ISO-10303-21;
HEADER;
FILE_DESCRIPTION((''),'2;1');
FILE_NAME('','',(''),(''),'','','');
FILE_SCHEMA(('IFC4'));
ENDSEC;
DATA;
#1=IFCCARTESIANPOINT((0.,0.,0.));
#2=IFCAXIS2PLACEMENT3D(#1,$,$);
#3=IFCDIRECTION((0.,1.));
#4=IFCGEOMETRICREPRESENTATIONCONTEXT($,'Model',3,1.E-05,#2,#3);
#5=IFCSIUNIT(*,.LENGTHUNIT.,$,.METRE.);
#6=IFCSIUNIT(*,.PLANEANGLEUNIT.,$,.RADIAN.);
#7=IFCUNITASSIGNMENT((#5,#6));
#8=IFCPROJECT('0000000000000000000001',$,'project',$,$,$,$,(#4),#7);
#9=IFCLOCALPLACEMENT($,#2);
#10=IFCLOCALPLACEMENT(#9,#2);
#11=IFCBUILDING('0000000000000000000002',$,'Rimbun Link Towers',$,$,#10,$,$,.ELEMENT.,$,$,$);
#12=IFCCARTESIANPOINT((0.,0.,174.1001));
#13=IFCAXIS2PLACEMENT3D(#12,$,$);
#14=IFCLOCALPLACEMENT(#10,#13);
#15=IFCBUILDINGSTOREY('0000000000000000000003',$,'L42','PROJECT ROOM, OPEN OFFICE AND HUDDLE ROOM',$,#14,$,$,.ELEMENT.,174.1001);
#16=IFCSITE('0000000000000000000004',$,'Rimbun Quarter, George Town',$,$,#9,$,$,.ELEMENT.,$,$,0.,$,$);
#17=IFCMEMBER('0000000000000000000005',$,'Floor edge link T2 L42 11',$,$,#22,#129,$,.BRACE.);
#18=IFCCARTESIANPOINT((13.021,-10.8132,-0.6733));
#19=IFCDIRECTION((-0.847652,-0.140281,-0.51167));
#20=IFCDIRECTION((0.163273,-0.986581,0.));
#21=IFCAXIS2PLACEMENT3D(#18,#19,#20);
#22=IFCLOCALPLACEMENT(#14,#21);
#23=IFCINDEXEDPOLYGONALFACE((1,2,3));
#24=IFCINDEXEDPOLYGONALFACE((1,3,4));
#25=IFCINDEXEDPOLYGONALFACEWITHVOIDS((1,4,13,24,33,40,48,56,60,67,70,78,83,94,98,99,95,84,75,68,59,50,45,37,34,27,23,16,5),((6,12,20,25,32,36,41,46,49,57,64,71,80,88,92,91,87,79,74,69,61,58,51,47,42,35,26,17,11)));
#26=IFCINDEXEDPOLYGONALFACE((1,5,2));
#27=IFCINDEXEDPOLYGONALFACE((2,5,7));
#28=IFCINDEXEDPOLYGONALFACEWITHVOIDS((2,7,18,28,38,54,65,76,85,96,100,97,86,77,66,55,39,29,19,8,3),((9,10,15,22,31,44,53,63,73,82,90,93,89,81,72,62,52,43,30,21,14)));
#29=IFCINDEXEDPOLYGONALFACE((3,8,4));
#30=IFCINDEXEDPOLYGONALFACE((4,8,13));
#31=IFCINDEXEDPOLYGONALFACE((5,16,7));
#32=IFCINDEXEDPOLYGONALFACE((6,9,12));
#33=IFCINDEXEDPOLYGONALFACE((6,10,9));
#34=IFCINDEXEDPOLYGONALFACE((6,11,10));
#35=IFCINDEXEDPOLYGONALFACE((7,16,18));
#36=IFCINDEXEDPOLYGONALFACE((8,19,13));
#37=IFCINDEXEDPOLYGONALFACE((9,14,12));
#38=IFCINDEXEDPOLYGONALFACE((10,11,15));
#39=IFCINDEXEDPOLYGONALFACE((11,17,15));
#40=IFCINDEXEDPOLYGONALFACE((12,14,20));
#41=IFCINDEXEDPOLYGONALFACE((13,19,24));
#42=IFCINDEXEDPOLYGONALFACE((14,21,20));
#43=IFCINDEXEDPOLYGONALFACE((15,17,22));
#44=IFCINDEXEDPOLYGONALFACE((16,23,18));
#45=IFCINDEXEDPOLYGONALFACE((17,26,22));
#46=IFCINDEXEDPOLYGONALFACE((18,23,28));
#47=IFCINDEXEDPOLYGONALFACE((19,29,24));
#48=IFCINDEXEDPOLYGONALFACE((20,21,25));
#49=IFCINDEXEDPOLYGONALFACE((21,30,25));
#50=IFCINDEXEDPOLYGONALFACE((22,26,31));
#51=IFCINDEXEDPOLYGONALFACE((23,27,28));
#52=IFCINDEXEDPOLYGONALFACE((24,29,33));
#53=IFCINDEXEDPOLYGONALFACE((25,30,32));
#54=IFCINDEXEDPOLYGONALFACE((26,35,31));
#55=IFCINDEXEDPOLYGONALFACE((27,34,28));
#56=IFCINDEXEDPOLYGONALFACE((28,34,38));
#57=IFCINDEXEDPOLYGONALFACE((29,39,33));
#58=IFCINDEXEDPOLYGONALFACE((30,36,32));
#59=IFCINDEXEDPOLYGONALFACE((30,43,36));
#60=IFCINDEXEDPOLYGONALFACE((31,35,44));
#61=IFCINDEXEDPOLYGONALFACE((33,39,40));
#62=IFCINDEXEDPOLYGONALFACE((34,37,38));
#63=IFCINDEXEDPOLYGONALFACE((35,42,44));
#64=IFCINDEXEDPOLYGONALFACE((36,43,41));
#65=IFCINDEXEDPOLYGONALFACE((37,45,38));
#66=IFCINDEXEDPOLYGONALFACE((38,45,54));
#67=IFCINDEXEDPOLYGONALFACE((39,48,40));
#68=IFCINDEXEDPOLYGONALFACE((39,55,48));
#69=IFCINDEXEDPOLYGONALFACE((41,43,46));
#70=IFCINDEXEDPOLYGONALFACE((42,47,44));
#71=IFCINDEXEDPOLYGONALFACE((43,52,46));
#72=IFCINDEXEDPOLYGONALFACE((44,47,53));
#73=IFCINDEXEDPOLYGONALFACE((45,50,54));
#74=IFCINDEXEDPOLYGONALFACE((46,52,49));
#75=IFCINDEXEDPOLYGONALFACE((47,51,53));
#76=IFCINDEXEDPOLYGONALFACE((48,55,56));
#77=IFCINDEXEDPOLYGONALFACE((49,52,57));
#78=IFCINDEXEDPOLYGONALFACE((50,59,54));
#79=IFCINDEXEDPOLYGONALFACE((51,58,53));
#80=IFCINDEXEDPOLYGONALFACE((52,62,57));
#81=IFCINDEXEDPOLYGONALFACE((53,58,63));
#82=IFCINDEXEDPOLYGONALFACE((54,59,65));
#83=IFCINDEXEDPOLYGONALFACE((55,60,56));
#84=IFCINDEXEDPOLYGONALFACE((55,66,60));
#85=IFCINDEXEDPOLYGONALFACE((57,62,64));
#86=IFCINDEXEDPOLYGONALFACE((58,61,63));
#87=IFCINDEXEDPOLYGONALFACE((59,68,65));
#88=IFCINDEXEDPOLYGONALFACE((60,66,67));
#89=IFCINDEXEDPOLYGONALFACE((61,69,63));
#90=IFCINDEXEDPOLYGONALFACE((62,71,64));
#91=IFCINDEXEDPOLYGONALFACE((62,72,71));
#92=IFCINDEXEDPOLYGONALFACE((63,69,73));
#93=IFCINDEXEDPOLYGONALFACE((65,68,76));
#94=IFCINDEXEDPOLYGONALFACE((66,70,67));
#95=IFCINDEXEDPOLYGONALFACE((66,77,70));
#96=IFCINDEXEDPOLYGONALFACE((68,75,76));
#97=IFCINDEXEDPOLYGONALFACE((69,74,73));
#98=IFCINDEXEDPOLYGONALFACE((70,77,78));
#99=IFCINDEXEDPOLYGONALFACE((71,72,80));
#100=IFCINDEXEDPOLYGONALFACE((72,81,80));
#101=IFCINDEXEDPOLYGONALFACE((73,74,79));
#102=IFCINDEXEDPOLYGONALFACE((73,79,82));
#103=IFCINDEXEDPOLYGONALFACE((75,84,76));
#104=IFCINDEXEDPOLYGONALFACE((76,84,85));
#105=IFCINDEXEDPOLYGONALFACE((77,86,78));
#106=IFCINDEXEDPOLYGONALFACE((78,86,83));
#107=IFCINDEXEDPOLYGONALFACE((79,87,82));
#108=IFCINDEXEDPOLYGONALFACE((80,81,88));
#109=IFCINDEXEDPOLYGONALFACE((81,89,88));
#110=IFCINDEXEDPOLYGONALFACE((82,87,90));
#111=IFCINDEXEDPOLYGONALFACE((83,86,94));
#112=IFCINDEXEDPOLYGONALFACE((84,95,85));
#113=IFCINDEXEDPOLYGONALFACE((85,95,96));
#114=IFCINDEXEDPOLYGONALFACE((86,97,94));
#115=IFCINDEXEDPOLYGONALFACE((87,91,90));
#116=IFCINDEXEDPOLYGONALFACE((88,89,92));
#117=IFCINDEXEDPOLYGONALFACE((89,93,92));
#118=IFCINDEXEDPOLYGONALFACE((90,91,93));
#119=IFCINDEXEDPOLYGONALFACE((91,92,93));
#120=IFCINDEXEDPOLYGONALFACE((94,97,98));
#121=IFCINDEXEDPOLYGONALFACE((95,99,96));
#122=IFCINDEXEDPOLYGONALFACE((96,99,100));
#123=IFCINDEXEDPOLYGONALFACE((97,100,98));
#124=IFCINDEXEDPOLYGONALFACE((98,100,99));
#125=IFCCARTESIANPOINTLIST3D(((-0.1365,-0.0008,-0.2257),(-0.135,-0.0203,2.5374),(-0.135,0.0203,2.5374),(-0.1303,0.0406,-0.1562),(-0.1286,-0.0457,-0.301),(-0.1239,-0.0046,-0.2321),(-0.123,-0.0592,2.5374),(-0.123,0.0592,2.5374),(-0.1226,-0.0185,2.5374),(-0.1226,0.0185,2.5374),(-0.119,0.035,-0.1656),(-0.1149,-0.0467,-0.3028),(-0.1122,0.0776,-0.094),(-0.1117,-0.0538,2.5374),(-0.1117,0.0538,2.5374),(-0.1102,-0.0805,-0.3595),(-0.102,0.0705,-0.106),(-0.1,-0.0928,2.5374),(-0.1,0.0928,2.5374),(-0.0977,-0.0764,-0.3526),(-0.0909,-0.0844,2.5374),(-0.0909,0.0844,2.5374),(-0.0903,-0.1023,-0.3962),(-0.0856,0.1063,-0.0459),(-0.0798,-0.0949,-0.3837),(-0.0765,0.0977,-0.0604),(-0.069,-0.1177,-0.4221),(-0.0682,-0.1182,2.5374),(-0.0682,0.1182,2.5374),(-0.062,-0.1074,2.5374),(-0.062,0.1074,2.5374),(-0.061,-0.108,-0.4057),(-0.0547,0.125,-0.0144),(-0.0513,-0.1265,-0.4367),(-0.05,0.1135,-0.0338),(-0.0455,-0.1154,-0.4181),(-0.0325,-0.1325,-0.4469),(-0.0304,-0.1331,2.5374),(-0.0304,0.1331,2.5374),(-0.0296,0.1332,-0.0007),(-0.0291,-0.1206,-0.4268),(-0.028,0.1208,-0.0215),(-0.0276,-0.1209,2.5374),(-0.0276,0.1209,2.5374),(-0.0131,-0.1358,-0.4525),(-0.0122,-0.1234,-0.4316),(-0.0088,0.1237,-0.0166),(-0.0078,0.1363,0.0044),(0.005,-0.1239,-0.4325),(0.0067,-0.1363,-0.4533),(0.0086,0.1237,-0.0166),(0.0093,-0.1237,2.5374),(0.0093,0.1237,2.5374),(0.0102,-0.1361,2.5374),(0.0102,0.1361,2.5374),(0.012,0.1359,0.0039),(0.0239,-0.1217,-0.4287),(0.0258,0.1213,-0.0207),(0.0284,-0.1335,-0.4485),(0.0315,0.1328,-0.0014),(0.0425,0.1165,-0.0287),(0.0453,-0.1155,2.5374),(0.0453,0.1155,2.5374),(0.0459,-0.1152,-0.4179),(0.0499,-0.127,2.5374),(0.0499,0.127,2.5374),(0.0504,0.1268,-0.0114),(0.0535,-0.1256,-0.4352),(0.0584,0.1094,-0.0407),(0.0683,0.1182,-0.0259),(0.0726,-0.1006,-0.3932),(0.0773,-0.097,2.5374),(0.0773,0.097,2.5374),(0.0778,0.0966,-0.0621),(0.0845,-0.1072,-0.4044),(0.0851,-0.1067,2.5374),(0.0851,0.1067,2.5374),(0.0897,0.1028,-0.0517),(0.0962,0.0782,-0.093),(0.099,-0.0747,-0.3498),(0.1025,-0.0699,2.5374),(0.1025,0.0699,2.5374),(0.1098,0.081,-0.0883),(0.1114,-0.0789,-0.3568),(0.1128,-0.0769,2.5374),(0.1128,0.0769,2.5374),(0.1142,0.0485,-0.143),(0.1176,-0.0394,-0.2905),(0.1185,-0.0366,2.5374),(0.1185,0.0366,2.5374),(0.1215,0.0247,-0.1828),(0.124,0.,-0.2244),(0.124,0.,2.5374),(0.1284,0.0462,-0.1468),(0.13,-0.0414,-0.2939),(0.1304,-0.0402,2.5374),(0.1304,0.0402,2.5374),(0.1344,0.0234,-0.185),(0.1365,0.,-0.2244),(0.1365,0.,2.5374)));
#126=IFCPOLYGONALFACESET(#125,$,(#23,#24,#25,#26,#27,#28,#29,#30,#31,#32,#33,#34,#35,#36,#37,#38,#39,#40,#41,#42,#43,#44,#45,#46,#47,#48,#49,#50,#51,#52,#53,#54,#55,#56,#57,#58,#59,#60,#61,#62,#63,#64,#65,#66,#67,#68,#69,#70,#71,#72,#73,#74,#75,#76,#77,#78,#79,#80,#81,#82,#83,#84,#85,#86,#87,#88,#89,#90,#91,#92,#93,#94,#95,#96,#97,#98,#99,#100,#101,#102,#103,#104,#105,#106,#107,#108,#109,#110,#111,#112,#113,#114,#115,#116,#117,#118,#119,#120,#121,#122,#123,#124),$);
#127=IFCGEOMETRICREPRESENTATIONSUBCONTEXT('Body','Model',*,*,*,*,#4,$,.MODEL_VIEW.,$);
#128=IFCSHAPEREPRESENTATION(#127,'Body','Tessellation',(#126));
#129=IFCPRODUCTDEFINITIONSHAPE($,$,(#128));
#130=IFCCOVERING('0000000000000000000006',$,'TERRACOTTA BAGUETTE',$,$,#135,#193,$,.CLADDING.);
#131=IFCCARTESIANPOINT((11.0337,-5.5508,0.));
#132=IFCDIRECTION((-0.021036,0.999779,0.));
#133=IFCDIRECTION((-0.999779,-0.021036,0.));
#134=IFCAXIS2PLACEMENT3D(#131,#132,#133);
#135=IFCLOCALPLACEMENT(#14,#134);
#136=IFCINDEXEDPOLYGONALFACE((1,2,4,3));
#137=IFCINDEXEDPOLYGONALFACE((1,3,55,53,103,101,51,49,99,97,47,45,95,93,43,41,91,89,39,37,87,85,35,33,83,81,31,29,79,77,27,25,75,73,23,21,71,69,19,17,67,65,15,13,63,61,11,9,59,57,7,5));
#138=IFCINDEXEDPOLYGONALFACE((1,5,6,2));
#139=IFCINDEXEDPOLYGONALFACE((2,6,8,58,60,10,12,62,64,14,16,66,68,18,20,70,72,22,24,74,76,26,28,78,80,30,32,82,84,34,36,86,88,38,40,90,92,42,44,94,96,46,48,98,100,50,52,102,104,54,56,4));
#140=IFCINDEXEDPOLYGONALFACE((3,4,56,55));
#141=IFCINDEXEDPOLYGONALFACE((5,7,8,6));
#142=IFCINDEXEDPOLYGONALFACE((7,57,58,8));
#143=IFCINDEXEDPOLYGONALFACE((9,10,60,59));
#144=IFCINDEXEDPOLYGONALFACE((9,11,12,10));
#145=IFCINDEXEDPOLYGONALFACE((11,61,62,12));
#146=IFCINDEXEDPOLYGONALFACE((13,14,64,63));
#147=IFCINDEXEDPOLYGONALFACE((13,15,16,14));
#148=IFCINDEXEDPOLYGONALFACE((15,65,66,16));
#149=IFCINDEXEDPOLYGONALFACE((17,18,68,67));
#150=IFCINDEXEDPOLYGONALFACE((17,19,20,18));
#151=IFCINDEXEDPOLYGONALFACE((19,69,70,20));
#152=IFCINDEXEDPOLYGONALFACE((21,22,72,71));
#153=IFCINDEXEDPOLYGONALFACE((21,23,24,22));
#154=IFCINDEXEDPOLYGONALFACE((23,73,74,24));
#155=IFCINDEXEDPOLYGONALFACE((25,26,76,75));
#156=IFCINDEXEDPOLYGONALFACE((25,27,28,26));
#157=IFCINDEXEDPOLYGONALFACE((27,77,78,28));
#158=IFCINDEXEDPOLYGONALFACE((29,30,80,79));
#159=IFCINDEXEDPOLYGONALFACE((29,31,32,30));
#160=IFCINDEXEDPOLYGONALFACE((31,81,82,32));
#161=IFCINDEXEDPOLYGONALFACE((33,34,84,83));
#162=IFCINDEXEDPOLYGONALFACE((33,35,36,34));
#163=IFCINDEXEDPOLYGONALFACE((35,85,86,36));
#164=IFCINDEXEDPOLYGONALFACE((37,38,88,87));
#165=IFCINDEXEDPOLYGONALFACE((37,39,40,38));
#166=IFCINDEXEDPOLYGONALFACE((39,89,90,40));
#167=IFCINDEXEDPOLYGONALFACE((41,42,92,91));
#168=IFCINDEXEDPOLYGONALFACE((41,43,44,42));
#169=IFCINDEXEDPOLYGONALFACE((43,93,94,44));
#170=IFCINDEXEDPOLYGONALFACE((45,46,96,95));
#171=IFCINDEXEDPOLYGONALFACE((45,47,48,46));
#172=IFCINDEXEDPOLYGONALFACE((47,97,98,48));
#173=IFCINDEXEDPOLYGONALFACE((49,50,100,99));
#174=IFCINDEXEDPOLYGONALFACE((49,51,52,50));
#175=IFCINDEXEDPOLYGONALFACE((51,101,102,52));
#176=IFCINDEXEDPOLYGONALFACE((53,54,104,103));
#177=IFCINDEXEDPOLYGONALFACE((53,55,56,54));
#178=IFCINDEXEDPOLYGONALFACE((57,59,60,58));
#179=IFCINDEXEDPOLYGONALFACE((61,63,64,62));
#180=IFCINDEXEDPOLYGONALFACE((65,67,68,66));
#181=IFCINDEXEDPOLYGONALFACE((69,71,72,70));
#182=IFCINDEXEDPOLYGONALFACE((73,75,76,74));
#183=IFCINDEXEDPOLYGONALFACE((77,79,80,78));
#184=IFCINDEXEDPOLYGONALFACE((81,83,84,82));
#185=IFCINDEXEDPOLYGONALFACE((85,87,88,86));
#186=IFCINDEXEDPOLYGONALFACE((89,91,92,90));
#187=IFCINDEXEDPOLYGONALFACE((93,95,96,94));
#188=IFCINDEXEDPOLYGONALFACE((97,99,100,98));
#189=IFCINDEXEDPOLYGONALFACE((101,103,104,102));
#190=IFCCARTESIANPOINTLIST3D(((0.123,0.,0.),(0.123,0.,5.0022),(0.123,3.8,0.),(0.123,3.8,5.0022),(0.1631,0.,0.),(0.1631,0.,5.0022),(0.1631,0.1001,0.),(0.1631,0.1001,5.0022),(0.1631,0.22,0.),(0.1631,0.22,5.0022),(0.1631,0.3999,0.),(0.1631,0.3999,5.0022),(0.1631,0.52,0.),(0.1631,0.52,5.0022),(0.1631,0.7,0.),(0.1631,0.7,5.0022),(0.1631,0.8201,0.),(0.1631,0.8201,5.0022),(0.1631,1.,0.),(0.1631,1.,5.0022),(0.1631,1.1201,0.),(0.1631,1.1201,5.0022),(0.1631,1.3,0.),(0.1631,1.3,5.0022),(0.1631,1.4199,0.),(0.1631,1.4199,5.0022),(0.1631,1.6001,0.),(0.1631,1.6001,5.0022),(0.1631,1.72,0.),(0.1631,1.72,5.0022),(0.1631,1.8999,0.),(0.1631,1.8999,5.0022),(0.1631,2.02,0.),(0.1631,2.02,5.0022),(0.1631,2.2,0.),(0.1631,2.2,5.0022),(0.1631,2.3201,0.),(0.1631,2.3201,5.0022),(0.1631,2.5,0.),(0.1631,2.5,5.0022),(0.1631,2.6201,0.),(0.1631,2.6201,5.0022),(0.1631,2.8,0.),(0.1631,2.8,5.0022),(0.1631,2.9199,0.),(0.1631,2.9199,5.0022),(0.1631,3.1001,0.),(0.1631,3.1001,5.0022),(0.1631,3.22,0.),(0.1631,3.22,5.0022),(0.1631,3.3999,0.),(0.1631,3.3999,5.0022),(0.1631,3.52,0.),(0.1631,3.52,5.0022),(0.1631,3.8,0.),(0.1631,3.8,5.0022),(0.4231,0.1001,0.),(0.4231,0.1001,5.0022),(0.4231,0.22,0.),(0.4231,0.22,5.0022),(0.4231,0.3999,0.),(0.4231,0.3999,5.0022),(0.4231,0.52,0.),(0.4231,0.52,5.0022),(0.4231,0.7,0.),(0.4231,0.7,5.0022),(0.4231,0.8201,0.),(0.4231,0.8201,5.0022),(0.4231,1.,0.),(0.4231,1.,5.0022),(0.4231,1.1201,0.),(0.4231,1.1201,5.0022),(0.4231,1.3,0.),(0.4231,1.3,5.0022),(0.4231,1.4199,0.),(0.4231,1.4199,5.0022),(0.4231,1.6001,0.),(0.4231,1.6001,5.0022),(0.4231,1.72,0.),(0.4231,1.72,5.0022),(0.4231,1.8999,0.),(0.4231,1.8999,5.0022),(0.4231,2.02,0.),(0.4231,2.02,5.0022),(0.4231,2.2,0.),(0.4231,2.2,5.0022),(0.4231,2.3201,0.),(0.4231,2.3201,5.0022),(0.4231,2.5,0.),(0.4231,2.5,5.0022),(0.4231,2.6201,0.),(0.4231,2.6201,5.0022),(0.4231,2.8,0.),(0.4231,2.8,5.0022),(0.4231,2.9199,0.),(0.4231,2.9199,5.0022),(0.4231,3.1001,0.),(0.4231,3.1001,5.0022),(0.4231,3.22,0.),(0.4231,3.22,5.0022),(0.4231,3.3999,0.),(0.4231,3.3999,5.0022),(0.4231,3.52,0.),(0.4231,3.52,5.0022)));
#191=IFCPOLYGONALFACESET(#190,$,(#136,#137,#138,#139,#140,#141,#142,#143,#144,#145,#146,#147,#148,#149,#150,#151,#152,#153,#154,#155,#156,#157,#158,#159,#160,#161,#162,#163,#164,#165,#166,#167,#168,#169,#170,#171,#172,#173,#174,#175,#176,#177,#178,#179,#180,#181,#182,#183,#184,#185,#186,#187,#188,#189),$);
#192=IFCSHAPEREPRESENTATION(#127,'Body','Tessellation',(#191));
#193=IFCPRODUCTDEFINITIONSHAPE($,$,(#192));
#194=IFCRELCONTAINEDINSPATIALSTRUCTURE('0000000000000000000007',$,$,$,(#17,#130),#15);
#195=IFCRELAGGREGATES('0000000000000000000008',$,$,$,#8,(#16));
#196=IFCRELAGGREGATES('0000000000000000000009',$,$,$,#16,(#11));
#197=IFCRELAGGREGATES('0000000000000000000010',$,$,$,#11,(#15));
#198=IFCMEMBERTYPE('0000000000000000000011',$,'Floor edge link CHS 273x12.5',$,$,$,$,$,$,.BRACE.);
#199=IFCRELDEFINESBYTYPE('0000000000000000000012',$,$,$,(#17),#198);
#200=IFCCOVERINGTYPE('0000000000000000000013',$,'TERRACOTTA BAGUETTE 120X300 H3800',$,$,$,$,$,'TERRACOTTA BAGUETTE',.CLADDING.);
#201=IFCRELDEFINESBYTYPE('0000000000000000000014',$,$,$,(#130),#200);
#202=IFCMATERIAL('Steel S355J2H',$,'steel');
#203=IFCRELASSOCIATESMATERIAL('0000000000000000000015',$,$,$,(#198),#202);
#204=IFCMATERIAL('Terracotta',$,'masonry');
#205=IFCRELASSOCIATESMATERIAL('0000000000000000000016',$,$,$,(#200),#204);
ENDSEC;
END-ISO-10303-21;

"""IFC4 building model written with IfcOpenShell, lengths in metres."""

from ifc_helpers import new_model, si_unit, direction, frame, origin, origin_2d, place, context, subcontext, project, spatial, polyline, hollow_circle, outline, extrude, clip, halfspace, material, material_profile, profile_set, type_object, element, save


model = new_model("IFC4")

# Units and contexts
model_context = context("Model", 3, precision=1e-05, world=origin(), true_north=direction((0.0, 1.0)))
body_context = subcontext(model_context, "Body", "Model", "MODEL_VIEW")
ifc_project = project(units=[si_unit("LENGTHUNIT", "METRE"), si_unit("PLANEANGLEUNIT", "RADIAN")], contexts=[model_context])

# Site, building, storey
site_placement = place(None, origin())
site = spatial("IfcSite", under=ifc_project, at=site_placement, Name="Rimbun Quarter, George Town", CompositionType="ELEMENT", RefElevation=0.0)
building_placement = place(site_placement, origin())
building = spatial("IfcBuilding", under=site, at=building_placement, Name="Rimbun Link Towers", CompositionType="ELEMENT")
storey_placement = place(building_placement, frame((0.0, 0.0, 174.1001)))
storey = spatial("IfcBuildingStorey", under=building, at=storey_placement, Name="L42", Description="PROJECT ROOM, OPEN OFFICE AND HUDDLE ROOM", CompositionType="ELEMENT", Elevation=174.1001)

# Member
ifc_material_1 = material(Name="Steel S355J2H", Category="steel")
ifc_material_profile_1 = material_profile(ifc_material_1, hollow_circle(Radius=0.1365, WallThickness=0.0125, at=origin_2d()), Name="CHS 273x12.5")
ifc_profile_set_1 = profile_set([ifc_material_profile_1], Name="Steel S355J2H")
member_type_1 = type_object("IfcMemberType", Name="Floor edge link CHS 273x12.5", PredefinedType="BRACE", material=ifc_profile_set_1)
member_1_placement = place(storey_placement, frame((13.021, -10.8132, -0.6733), z_axis=(-0.847652, -0.140281, -0.51167), x_axis=(0.163273, -0.986581, 0.0)))
element("IfcMember", 1, at=member_1_placement, inside=storey, type_object=member_type_1, Name="Floor edge link T2 L42 11", PredefinedType="BRACE", context=body_context, shape_type="Clipping", body=[
    clip(extrude(hollow_circle(Radius=0.1365, WallThickness=0.0125, at=origin_2d()), frame((0.0, 0.0, -0.478)), (0.0, 0.0, 1.0), 3.0154), halfspace(frame((0.0, 0.0, -0.2244), z_axis=(0.0, 0.859182, -0.51167)), False)),
])

# Covering
ifc_material_2 = material(Name="Terracotta", Category="masonry")
ifc_material_profile_2 = material_profile(ifc_material_2, outline(polyline([(0.123, 0.0), (0.1631, 0.0), (0.1631, 0.1001), (0.4231, 0.1001), (0.4231, 0.22), (0.1631, 0.22), (0.1631, 0.3999), (0.4231, 0.3999), (0.4231, 0.52), (0.1631, 0.52), (0.1631, 0.7), (0.4231, 0.7), (0.4231, 0.8201), (0.1631, 0.8201), (0.1631, 1.0), (0.4231, 1.0), (0.4231, 1.1201), (0.1631, 1.1201), (0.1631, 1.3), (0.4231, 1.3), (0.4231, 1.4199), (0.1631, 1.4199), (0.1631, 1.6001), (0.4231, 1.6001), (0.4231, 1.72), (0.1631, 1.72), (0.1631, 1.8999), (0.4231, 1.8999), (0.4231, 2.02), (0.1631, 2.02), (0.1631, 2.2), (0.4231, 2.2), (0.4231, 2.3201), (0.1631, 2.3201), (0.1631, 2.5), (0.4231, 2.5), (0.4231, 2.6201), (0.1631, 2.6201), (0.1631, 2.8), (0.4231, 2.8), (0.4231, 2.9199), (0.1631, 2.9199), (0.1631, 3.1001), (0.4231, 3.1001), (0.4231, 3.22), (0.1631, 3.22), (0.1631, 3.3999), (0.4231, 3.3999), (0.4231, 3.52), (0.1631, 3.52), (0.1631, 3.8), (0.123, 3.8), (0.123, 0.0)])), Name="BAGUETTE 120X300")
ifc_profile_set_2 = profile_set([ifc_material_profile_2], Name="Terracotta")
covering_type_1 = type_object("IfcCoveringType", Name="TERRACOTTA BAGUETTE 120X300 H3800", ElementType="TERRACOTTA BAGUETTE", PredefinedType="CLADDING", material=ifc_profile_set_2)
covering_1_placement = place(storey_placement, frame((11.0337, -5.5508, 0.0), z_axis=(-0.021036, 0.999779, 0.0), x_axis=(-0.999779, -0.021036, 0.0)))
element("IfcCovering", 2, at=covering_1_placement, inside=storey, type_object=covering_type_1, Name="TERRACOTTA BAGUETTE", PredefinedType="CLADDING", context=body_context, shape_type="SweptSolid", body=[
    extrude(outline(polyline([(0.123, 0.0), (0.1631, 0.0), (0.1631, 0.1001), (0.4231, 0.1001), (0.4231, 0.22), (0.1631, 0.22), (0.1631, 0.3999), (0.4231, 0.3999), (0.4231, 0.52), (0.1631, 0.52), (0.1631, 0.7), (0.4231, 0.7), (0.4231, 0.8201), (0.1631, 0.8201), (0.1631, 1.0), (0.4231, 1.0), (0.4231, 1.1201), (0.1631, 1.1201), (0.1631, 1.3), (0.4231, 1.3), (0.4231, 1.4199), (0.1631, 1.4199), (0.1631, 1.6001), (0.4231, 1.6001), (0.4231, 1.72), (0.1631, 1.72), (0.1631, 1.8999), (0.4231, 1.8999), (0.4231, 2.02), (0.1631, 2.02), (0.1631, 2.2), (0.4231, 2.2), (0.4231, 2.3201), (0.1631, 2.3201), (0.1631, 2.5), (0.4231, 2.5), (0.4231, 2.6201), (0.1631, 2.6201), (0.1631, 2.8), (0.4231, 2.8), (0.4231, 2.9199), (0.1631, 2.9199), (0.1631, 3.1001), (0.4231, 3.1001), (0.4231, 3.22), (0.1631, 3.22), (0.1631, 3.3999), (0.4231, 3.3999), (0.4231, 3.52), (0.1631, 3.52), (0.1631, 3.8), (0.123, 3.8), (0.123, 0.0)])), origin(), (0.0, 0.0, 1.0), 5.0022),
])

save(model, "model.ifc")
